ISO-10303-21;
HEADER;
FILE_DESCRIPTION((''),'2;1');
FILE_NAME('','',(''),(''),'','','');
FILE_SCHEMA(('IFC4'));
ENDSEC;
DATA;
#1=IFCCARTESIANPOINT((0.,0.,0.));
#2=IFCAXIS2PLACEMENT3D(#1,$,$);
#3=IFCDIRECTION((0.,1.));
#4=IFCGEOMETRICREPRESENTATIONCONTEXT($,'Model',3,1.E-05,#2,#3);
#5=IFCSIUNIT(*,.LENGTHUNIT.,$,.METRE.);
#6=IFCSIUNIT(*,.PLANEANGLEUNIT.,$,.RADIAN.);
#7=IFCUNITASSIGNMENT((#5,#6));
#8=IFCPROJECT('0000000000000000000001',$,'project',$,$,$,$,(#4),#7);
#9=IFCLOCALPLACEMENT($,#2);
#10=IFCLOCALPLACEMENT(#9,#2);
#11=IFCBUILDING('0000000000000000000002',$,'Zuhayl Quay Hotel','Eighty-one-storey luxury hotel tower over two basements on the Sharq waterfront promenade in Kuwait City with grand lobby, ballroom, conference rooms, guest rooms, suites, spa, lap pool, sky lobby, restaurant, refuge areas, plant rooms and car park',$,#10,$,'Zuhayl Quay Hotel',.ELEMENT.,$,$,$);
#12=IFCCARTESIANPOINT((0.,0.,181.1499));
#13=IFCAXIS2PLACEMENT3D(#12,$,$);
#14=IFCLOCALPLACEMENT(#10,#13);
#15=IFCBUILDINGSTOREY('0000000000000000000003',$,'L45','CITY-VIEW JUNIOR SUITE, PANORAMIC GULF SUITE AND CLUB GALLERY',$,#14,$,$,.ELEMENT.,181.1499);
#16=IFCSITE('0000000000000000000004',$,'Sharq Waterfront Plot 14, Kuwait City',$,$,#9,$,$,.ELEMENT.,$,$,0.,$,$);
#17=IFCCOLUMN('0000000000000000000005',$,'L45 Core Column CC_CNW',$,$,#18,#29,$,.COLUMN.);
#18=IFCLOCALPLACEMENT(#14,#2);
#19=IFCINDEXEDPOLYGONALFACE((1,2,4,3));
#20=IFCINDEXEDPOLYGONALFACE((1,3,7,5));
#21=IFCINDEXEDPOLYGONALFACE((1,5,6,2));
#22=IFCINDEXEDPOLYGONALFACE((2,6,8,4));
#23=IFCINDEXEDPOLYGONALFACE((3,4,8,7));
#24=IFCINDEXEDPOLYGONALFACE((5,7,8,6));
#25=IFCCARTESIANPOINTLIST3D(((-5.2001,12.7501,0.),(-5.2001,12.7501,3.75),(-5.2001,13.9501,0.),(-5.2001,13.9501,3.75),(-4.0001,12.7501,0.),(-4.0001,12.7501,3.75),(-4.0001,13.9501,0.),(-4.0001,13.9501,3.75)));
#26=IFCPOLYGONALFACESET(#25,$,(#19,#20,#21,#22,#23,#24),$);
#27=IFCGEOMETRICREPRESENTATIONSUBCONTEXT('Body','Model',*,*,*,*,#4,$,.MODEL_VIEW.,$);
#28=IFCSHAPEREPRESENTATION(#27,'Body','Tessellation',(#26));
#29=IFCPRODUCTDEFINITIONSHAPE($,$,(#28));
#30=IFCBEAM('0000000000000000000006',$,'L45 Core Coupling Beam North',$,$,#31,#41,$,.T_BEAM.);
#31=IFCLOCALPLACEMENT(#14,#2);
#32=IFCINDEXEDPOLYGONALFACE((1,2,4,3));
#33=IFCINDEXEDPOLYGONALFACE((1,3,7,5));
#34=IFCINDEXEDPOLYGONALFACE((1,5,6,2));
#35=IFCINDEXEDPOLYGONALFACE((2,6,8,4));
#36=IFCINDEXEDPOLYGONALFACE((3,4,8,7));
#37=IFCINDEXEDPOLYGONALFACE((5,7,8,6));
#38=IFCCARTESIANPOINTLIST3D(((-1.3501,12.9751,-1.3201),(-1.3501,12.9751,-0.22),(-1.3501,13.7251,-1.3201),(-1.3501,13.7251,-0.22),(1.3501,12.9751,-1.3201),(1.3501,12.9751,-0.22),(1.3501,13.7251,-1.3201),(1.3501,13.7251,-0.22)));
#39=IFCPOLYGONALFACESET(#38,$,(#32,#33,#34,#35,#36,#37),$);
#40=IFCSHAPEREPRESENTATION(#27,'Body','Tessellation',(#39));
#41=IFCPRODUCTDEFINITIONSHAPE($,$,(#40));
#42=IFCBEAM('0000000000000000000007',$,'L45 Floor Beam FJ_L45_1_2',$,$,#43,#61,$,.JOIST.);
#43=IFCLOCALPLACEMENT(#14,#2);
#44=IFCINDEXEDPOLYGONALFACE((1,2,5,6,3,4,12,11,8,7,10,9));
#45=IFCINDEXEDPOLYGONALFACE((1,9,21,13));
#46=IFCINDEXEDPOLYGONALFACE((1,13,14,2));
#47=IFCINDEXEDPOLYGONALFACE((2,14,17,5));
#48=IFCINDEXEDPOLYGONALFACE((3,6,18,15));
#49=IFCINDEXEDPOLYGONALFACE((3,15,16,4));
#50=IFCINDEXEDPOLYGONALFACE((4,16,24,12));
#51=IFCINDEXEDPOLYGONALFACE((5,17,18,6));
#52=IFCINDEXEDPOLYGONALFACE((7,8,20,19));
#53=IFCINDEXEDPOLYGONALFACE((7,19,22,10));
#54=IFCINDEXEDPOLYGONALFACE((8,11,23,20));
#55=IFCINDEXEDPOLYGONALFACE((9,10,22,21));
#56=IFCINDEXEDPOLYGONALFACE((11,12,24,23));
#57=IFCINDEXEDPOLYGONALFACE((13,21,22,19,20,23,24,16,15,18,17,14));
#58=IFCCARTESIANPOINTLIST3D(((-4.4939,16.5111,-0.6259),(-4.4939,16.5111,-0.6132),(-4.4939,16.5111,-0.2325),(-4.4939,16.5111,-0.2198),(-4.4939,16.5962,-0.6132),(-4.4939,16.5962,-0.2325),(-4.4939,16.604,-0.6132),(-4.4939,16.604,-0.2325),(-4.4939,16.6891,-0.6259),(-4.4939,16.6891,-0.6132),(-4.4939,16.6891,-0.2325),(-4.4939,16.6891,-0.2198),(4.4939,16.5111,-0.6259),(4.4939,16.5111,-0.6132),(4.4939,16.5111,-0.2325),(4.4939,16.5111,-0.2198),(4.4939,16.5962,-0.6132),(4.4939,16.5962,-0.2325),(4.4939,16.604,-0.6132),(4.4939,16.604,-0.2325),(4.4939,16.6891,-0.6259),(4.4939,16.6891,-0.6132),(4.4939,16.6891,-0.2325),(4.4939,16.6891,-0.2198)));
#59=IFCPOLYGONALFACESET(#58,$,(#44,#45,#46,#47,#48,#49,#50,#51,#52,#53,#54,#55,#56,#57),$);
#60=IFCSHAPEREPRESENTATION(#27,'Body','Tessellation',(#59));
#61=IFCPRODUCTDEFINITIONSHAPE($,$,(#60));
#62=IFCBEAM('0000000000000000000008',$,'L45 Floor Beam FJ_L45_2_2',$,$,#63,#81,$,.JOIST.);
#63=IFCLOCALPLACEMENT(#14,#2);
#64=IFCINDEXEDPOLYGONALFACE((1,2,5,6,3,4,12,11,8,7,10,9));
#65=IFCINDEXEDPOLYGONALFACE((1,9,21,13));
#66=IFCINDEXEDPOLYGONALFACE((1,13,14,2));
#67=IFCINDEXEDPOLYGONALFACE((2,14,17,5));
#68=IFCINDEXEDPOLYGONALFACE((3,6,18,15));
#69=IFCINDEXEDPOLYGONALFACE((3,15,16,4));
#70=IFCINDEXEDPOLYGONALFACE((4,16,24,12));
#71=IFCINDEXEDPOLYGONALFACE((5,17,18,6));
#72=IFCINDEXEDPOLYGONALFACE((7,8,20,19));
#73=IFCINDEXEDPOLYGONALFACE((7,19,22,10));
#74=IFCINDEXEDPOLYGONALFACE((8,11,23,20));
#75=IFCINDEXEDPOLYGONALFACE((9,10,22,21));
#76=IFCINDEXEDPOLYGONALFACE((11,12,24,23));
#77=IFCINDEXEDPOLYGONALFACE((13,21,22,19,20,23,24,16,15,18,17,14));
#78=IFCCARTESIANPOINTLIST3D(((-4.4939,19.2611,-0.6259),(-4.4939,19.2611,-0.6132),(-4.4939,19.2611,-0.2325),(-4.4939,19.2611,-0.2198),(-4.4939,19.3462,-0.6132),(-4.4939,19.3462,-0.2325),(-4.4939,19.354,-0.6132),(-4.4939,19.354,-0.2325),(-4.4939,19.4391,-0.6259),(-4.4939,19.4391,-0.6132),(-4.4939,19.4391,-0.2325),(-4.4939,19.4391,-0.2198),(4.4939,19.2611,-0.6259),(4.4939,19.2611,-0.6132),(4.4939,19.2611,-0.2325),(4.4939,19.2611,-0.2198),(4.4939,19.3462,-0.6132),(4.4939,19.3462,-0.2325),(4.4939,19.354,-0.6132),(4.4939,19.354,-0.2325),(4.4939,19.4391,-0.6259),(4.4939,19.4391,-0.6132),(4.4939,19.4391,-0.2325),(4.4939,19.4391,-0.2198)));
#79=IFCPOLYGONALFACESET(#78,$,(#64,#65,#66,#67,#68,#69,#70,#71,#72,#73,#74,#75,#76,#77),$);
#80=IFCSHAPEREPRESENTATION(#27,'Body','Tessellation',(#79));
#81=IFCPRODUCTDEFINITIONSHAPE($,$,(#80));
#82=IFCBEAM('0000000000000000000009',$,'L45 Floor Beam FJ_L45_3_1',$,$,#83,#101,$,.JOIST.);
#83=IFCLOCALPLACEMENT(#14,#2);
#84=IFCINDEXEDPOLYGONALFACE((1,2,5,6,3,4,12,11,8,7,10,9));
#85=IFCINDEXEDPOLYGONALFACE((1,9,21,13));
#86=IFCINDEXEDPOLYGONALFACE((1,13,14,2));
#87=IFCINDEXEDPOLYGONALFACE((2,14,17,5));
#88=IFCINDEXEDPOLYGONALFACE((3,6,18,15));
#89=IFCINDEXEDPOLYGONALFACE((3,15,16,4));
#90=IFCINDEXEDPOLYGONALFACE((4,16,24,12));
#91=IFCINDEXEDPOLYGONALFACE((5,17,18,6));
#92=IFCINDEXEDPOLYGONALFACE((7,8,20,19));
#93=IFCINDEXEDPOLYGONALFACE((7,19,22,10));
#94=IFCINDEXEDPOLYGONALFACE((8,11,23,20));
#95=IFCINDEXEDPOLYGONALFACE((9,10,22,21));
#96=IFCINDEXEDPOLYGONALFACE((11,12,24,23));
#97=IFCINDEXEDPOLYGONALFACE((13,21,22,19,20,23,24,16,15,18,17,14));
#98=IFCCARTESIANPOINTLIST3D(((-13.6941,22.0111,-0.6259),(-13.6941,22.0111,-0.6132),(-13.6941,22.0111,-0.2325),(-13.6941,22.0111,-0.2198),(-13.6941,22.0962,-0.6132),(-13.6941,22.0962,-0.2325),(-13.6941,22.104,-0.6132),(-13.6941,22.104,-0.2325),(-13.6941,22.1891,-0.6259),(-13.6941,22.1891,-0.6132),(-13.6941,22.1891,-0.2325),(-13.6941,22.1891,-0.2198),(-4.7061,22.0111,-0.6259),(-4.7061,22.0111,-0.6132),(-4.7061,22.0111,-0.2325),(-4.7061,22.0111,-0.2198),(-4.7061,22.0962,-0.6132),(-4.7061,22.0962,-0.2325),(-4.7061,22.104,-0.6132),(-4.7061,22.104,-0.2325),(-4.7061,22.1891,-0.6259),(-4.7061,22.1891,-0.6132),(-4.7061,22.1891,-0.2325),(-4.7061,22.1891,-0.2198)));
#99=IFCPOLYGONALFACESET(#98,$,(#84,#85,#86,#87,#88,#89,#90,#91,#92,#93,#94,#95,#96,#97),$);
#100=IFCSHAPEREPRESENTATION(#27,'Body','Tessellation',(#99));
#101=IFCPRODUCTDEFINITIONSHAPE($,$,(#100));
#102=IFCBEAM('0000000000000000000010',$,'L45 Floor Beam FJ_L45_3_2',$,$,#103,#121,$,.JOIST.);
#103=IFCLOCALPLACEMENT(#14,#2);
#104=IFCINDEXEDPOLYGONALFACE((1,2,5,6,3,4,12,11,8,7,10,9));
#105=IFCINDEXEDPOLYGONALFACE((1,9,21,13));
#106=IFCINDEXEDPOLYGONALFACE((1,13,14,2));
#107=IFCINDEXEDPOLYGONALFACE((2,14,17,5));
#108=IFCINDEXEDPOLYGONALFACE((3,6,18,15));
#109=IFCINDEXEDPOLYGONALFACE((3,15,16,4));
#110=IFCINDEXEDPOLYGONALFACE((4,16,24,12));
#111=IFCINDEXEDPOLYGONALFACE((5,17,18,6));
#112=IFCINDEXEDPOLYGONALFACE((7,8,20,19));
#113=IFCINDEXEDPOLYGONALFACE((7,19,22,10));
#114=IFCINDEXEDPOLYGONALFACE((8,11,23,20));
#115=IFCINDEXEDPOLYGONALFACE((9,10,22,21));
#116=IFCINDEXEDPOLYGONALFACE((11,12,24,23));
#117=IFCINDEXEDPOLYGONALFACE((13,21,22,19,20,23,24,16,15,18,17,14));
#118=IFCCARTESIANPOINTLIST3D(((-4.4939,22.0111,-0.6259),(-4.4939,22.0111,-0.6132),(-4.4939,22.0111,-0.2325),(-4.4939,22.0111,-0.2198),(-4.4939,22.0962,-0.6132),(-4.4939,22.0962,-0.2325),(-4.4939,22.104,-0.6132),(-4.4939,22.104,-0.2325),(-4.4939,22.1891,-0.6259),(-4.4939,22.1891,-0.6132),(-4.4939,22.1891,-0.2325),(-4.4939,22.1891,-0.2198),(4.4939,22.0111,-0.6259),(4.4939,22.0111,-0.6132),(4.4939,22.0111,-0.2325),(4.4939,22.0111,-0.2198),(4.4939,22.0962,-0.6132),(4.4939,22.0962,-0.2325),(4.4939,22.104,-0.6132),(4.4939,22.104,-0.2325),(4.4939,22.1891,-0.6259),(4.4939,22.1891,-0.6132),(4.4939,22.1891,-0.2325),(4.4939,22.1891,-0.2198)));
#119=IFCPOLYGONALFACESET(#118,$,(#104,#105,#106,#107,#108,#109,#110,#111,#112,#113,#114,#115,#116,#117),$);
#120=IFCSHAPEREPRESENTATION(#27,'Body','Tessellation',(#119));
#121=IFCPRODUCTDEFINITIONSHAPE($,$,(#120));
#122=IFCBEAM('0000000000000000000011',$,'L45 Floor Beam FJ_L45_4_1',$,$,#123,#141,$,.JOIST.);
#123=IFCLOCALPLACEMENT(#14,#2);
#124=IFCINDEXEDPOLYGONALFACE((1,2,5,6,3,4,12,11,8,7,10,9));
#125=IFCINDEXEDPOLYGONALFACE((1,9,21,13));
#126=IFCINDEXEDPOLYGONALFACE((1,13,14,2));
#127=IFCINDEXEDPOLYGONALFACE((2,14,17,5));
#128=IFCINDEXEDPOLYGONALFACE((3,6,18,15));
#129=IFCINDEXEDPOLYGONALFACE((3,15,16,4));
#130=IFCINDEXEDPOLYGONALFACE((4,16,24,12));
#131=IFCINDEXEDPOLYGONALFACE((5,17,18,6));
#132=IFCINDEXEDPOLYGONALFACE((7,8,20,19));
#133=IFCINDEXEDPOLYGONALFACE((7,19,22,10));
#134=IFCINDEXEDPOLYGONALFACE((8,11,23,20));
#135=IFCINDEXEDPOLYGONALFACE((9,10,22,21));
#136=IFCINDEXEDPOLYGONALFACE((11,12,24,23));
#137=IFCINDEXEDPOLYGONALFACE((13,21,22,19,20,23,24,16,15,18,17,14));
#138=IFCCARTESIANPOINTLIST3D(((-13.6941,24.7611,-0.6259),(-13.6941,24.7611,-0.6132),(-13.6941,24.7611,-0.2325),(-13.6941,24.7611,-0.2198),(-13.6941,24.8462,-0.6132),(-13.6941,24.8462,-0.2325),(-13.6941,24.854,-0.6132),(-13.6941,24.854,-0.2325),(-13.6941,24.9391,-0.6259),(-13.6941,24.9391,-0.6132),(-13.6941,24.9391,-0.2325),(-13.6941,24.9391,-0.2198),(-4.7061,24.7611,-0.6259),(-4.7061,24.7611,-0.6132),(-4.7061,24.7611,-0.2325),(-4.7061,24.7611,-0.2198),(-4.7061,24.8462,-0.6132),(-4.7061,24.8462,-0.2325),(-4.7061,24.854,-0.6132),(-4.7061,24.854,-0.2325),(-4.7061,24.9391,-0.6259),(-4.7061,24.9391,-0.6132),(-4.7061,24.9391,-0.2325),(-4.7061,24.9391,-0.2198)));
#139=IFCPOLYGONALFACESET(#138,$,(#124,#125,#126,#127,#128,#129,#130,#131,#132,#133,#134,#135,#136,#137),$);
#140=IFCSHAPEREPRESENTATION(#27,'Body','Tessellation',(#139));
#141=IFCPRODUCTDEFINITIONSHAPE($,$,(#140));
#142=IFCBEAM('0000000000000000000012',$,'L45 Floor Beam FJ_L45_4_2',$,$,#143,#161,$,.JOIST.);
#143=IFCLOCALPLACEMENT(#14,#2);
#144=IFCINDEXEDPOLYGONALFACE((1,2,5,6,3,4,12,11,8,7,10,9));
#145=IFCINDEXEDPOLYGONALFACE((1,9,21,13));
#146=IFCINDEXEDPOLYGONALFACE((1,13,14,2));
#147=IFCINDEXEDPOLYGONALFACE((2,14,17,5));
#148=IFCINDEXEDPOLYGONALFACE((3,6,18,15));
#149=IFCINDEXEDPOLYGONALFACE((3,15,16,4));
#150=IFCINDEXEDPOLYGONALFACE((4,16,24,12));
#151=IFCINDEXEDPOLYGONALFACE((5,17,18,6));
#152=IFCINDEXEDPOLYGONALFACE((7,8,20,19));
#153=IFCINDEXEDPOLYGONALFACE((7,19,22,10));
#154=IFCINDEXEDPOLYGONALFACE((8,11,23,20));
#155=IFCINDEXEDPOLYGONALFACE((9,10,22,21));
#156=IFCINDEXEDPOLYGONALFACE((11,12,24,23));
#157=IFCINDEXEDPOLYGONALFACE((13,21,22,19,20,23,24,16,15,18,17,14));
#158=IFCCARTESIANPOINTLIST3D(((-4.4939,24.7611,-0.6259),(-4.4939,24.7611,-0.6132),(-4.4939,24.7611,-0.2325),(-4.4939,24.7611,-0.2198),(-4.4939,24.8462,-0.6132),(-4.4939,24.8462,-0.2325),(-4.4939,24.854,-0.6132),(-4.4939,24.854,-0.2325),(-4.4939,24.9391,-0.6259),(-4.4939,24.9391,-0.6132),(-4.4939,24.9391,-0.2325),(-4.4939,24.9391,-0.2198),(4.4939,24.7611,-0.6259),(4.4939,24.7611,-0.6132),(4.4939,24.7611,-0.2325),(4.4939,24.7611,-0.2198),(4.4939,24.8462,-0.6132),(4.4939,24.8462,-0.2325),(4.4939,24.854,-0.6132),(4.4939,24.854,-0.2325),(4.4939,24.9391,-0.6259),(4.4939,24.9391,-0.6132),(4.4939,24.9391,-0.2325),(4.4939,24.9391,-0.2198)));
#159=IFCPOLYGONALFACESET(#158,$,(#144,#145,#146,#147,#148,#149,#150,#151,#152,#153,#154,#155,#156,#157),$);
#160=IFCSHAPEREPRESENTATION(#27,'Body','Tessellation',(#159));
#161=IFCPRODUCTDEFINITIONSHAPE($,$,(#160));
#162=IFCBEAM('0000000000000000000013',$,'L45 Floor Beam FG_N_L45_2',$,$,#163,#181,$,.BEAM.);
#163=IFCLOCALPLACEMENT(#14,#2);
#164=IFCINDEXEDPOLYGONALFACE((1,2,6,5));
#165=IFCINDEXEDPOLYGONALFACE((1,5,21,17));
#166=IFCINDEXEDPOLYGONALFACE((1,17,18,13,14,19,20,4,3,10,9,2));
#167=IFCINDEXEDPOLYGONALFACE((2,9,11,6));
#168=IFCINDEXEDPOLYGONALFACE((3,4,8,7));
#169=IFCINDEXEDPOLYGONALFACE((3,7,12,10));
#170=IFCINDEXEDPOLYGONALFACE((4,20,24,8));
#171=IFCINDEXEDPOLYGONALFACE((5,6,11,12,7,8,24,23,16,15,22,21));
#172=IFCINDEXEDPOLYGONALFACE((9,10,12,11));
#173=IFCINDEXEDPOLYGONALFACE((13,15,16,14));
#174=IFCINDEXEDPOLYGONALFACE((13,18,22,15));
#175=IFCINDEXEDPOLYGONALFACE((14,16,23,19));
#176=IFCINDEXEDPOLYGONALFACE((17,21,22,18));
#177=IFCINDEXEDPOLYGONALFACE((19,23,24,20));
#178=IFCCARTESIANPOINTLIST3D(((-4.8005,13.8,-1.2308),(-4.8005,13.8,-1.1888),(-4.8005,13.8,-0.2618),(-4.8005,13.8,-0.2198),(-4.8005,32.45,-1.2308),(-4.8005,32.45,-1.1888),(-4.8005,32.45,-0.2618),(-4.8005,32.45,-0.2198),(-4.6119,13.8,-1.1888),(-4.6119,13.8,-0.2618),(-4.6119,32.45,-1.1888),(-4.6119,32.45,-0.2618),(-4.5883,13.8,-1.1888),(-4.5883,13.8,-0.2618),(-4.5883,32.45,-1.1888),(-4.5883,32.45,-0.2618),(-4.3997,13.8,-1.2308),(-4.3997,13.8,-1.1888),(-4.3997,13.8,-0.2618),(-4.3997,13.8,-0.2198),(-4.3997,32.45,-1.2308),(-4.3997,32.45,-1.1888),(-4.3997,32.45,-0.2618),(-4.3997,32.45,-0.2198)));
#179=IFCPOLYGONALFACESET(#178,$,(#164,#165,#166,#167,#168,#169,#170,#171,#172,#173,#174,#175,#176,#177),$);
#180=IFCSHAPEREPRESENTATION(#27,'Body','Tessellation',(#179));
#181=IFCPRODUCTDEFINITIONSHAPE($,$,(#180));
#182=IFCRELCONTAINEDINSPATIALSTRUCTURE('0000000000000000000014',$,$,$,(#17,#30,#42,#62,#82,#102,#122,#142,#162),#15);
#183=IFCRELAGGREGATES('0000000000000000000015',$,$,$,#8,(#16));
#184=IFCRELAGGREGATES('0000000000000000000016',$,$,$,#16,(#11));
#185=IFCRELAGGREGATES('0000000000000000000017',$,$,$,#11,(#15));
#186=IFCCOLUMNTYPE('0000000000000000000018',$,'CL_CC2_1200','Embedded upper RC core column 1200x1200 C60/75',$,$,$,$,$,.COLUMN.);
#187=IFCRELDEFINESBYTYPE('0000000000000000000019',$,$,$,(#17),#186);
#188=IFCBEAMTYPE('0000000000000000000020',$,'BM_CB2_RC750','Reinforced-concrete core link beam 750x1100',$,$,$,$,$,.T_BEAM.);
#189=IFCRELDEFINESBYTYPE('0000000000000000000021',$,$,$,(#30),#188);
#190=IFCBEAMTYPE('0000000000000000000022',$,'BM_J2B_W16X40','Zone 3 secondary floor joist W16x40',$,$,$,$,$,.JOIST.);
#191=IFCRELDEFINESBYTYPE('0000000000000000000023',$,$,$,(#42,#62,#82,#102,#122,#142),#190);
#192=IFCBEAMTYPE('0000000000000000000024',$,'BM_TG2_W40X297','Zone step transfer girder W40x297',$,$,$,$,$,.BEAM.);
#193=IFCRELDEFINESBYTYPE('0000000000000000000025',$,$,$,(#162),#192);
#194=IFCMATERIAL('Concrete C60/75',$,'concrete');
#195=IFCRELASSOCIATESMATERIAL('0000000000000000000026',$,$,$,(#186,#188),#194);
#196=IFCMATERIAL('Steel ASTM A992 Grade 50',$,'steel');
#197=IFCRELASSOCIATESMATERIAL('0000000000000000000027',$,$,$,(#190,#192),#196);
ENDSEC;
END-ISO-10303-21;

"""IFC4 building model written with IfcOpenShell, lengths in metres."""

from ifc_helpers import new_model, si_unit, direction, frame, origin, origin_2d, place, context, subcontext, project, spatial, rectangle, i_section, extrude, material, material_profile, profile_set, type_object, element, save


model = new_model("IFC4")

# Units and contexts
model_context = context("Model", 3, precision=1e-05, world=origin(), true_north=direction((0.0, 1.0)))
body_context = subcontext(model_context, "Body", "Model", "MODEL_VIEW")
ifc_project = project(units=[si_unit("LENGTHUNIT", "METRE"), si_unit("PLANEANGLEUNIT", "RADIAN")], contexts=[model_context])

# Site, building, storey
site_placement = place(None, origin())
site = spatial("IfcSite", under=ifc_project, at=site_placement, Name="Sharq Waterfront Plot 14, Kuwait City", CompositionType="ELEMENT", RefElevation=0.0)
building_placement = place(site_placement, origin())
building = spatial("IfcBuilding", under=site, at=building_placement, Name="Zuhayl Quay Hotel", Description="Eighty-one-storey luxury hotel tower over two basements on the Sharq waterfront promenade in Kuwait City with grand lobby, ballroom, conference rooms, guest rooms, suites, spa, lap pool, sky lobby, restaurant, refuge areas, plant rooms and car park", LongName="Zuhayl Quay Hotel", CompositionType="ELEMENT")
storey_placement = place(building_placement, frame((0.0, 0.0, 181.1499)))
storey = spatial("IfcBuildingStorey", under=building, at=storey_placement, Name="L45", Description="CITY-VIEW JUNIOR SUITE, PANORAMIC GULF SUITE AND CLUB GALLERY", CompositionType="ELEMENT", Elevation=181.1499)

# Column
ifc_material_1 = material(Name="Concrete C60/75", Category="concrete")
ifc_material_profile_1 = material_profile(ifc_material_1, rectangle(XDim=1.2, YDim=1.2, at=origin_2d()), Name="RC1200X1200")
ifc_profile_set_1 = profile_set([ifc_material_profile_1], Name="Concrete C60/75")
column_type = type_object("IfcColumnType", Name="CL_CC2_1200", Description="Embedded upper RC core column 1200x1200 C60/75", PredefinedType="COLUMN", material=ifc_profile_set_1)
column_placement = place(storey_placement, frame((-4.6001, 13.3501, 0.0), z_axis=(0.0, 0.0, 1.0), x_axis=(1.0, 0.0, 0.0)))
element("IfcColumn", 1, at=column_placement, inside=storey, type_object=column_type, Name="L45 Core Column CC_CNW", PredefinedType="COLUMN", context=body_context, shape_type="SweptSolid", body=[
    extrude(rectangle(XDim=1.2, YDim=1.2, at=origin_2d()), origin(), (0.0, 0.0, 1.0), 3.75),
])

# Beams
ifc_material_profile_2 = material_profile(ifc_material_1, rectangle(XDim=0.75, YDim=1.1001, at=origin_2d()), Name="RC750X1100")
ifc_profile_set_2 = profile_set([ifc_material_profile_2], Name="Concrete C60/75")
beam_type_1 = type_object("IfcBeamType", Name="BM_CB2_RC750", Description="Reinforced-concrete core link beam 750x1100", PredefinedType="T_BEAM", material=ifc_profile_set_2)
beam_1_placement = place(storey_placement, frame((-1.3501, 13.3501, -0.77), z_axis=(1.0, 0.0, 0.0), x_axis=(0.0, 1.0, 0.0)))
element("IfcBeam", 2, at=beam_1_placement, inside=storey, type_object=beam_type_1, Name="L45 Core Coupling Beam North", PredefinedType="T_BEAM", context=body_context, shape_type="SweptSolid", body=[
    extrude(rectangle(XDim=0.75, YDim=1.1001, at=origin_2d()), origin(), (0.0, 0.0, 1.0), 2.7002),
])
ifc_material_2 = material(Name="Steel ASTM A992 Grade 50", Category="steel")
ifc_material_profile_3 = material_profile(ifc_material_2, i_section(OverallWidth=0.178, OverallDepth=0.406, WebThickness=0.0078, FlangeThickness=0.0127, at=origin_2d()), Name="W16X40")
ifc_profile_set_3 = profile_set([ifc_material_profile_3], Name="Steel ASTM A992 Grade 50")
beam_type_2 = type_object("IfcBeamType", Name="BM_J2B_W16X40", Description="Zone 3 secondary floor joist W16x40", PredefinedType="JOIST", material=ifc_profile_set_3)
for number, where, z_axis, x_axis, name in (
    (3, (-4.4939, 16.6001, -0.4229), (1.0, 0.0, 0.0), (0.0, 1.0, 0.0), "L45 Floor Beam FJ_L45_1_2"),
    (4, (-4.4939, 19.3501, -0.4229), (1.0, 0.0, 0.0), (0.0, 1.0, 0.0), "L45 Floor Beam FJ_L45_2_2"),
):
    element("IfcBeam", number, at=place(storey_placement, frame(where, z_axis=z_axis, x_axis=x_axis)), inside=storey, type_object=beam_type_2, Name=name, PredefinedType="JOIST", context=body_context, shape_type="SweptSolid", body=[
        extrude(i_section(OverallWidth=0.178, OverallDepth=0.406, WebThickness=0.0078, FlangeThickness=0.0127, at=origin_2d()), origin(), (0.0, 0.0, 1.0), 8.9878),
    ])
beam_2_placement = place(storey_placement, frame((-13.6941, 22.1001, -0.4229), z_axis=(1.0, 0.0, 0.0), x_axis=(0.0, 1.0, 0.0)))
element("IfcBeam", 5, at=beam_2_placement, inside=storey, type_object=beam_type_2, Name="L45 Floor Beam FJ_L45_3_1", PredefinedType="JOIST", context=body_context, shape_type="SweptSolid", body=[
    extrude(i_section(OverallWidth=0.178, OverallDepth=0.406, WebThickness=0.0078, FlangeThickness=0.0127, at=origin_2d()), origin(), (0.0, 0.0, 1.0), 8.988),
])
beam_3_placement = place(storey_placement, frame((-4.4939, 22.1001, -0.4229), z_axis=(1.0, 0.0, 0.0), x_axis=(0.0, 1.0, 0.0)))
element("IfcBeam", 6, at=beam_3_placement, inside=storey, type_object=beam_type_2, Name="L45 Floor Beam FJ_L45_3_2", PredefinedType="JOIST", context=body_context, shape_type="SweptSolid", body=[
    extrude(i_section(OverallWidth=0.178, OverallDepth=0.406, WebThickness=0.0078, FlangeThickness=0.0127, at=origin_2d()), origin(), (0.0, 0.0, 1.0), 8.9878),
])
beam_4_placement = place(storey_placement, frame((-13.6941, 24.8501, -0.4229), z_axis=(1.0, 0.0, 0.0), x_axis=(0.0, 1.0, 0.0)))
element("IfcBeam", 7, at=beam_4_placement, inside=storey, type_object=beam_type_2, Name="L45 Floor Beam FJ_L45_4_1", PredefinedType="JOIST", context=body_context, shape_type="SweptSolid", body=[
    extrude(i_section(OverallWidth=0.178, OverallDepth=0.406, WebThickness=0.0078, FlangeThickness=0.0127, at=origin_2d()), origin(), (0.0, 0.0, 1.0), 8.988),
])
beam_5_placement = place(storey_placement, frame((-4.4939, 24.8501, -0.4229), z_axis=(1.0, 0.0, 0.0), x_axis=(0.0, 1.0, 0.0)))
element("IfcBeam", 8, at=beam_5_placement, inside=storey, type_object=beam_type_2, Name="L45 Floor Beam FJ_L45_4_2", PredefinedType="JOIST", context=body_context, shape_type="SweptSolid", body=[
    extrude(i_section(OverallWidth=0.178, OverallDepth=0.406, WebThickness=0.0078, FlangeThickness=0.0127, at=origin_2d()), origin(), (0.0, 0.0, 1.0), 8.9878),
])
ifc_material_profile_4 = material_profile(ifc_material_2, i_section(OverallWidth=0.4009, OverallDepth=1.011, WebThickness=0.0237, FlangeThickness=0.042, at=origin_2d()), Name="W40X297")
ifc_profile_set_4 = profile_set([ifc_material_profile_4], Name="Steel ASTM A992 Grade 50")
beam_type_3 = type_object("IfcBeamType", Name="BM_TG2_W40X297", Description="Zone step transfer girder W40x297", PredefinedType="BEAM", material=ifc_profile_set_4)
beam_6_placement = place(storey_placement, frame((-4.6001, 13.8, -0.7253), z_axis=(0.0, 1.0, 0.0), x_axis=(-1.0, 0.0, 0.0)))
element("IfcBeam", 9, at=beam_6_placement, inside=storey, type_object=beam_type_3, Name="L45 Floor Beam FG_N_L45_2", PredefinedType="BEAM", context=body_context, shape_type="SweptSolid", body=[
    extrude(i_section(OverallWidth=0.4009, OverallDepth=1.011, WebThickness=0.0237, FlangeThickness=0.042, at=origin_2d()), origin(), (0.0, 0.0, 1.0), 18.6499),
])

save(model, "model.ifc")
